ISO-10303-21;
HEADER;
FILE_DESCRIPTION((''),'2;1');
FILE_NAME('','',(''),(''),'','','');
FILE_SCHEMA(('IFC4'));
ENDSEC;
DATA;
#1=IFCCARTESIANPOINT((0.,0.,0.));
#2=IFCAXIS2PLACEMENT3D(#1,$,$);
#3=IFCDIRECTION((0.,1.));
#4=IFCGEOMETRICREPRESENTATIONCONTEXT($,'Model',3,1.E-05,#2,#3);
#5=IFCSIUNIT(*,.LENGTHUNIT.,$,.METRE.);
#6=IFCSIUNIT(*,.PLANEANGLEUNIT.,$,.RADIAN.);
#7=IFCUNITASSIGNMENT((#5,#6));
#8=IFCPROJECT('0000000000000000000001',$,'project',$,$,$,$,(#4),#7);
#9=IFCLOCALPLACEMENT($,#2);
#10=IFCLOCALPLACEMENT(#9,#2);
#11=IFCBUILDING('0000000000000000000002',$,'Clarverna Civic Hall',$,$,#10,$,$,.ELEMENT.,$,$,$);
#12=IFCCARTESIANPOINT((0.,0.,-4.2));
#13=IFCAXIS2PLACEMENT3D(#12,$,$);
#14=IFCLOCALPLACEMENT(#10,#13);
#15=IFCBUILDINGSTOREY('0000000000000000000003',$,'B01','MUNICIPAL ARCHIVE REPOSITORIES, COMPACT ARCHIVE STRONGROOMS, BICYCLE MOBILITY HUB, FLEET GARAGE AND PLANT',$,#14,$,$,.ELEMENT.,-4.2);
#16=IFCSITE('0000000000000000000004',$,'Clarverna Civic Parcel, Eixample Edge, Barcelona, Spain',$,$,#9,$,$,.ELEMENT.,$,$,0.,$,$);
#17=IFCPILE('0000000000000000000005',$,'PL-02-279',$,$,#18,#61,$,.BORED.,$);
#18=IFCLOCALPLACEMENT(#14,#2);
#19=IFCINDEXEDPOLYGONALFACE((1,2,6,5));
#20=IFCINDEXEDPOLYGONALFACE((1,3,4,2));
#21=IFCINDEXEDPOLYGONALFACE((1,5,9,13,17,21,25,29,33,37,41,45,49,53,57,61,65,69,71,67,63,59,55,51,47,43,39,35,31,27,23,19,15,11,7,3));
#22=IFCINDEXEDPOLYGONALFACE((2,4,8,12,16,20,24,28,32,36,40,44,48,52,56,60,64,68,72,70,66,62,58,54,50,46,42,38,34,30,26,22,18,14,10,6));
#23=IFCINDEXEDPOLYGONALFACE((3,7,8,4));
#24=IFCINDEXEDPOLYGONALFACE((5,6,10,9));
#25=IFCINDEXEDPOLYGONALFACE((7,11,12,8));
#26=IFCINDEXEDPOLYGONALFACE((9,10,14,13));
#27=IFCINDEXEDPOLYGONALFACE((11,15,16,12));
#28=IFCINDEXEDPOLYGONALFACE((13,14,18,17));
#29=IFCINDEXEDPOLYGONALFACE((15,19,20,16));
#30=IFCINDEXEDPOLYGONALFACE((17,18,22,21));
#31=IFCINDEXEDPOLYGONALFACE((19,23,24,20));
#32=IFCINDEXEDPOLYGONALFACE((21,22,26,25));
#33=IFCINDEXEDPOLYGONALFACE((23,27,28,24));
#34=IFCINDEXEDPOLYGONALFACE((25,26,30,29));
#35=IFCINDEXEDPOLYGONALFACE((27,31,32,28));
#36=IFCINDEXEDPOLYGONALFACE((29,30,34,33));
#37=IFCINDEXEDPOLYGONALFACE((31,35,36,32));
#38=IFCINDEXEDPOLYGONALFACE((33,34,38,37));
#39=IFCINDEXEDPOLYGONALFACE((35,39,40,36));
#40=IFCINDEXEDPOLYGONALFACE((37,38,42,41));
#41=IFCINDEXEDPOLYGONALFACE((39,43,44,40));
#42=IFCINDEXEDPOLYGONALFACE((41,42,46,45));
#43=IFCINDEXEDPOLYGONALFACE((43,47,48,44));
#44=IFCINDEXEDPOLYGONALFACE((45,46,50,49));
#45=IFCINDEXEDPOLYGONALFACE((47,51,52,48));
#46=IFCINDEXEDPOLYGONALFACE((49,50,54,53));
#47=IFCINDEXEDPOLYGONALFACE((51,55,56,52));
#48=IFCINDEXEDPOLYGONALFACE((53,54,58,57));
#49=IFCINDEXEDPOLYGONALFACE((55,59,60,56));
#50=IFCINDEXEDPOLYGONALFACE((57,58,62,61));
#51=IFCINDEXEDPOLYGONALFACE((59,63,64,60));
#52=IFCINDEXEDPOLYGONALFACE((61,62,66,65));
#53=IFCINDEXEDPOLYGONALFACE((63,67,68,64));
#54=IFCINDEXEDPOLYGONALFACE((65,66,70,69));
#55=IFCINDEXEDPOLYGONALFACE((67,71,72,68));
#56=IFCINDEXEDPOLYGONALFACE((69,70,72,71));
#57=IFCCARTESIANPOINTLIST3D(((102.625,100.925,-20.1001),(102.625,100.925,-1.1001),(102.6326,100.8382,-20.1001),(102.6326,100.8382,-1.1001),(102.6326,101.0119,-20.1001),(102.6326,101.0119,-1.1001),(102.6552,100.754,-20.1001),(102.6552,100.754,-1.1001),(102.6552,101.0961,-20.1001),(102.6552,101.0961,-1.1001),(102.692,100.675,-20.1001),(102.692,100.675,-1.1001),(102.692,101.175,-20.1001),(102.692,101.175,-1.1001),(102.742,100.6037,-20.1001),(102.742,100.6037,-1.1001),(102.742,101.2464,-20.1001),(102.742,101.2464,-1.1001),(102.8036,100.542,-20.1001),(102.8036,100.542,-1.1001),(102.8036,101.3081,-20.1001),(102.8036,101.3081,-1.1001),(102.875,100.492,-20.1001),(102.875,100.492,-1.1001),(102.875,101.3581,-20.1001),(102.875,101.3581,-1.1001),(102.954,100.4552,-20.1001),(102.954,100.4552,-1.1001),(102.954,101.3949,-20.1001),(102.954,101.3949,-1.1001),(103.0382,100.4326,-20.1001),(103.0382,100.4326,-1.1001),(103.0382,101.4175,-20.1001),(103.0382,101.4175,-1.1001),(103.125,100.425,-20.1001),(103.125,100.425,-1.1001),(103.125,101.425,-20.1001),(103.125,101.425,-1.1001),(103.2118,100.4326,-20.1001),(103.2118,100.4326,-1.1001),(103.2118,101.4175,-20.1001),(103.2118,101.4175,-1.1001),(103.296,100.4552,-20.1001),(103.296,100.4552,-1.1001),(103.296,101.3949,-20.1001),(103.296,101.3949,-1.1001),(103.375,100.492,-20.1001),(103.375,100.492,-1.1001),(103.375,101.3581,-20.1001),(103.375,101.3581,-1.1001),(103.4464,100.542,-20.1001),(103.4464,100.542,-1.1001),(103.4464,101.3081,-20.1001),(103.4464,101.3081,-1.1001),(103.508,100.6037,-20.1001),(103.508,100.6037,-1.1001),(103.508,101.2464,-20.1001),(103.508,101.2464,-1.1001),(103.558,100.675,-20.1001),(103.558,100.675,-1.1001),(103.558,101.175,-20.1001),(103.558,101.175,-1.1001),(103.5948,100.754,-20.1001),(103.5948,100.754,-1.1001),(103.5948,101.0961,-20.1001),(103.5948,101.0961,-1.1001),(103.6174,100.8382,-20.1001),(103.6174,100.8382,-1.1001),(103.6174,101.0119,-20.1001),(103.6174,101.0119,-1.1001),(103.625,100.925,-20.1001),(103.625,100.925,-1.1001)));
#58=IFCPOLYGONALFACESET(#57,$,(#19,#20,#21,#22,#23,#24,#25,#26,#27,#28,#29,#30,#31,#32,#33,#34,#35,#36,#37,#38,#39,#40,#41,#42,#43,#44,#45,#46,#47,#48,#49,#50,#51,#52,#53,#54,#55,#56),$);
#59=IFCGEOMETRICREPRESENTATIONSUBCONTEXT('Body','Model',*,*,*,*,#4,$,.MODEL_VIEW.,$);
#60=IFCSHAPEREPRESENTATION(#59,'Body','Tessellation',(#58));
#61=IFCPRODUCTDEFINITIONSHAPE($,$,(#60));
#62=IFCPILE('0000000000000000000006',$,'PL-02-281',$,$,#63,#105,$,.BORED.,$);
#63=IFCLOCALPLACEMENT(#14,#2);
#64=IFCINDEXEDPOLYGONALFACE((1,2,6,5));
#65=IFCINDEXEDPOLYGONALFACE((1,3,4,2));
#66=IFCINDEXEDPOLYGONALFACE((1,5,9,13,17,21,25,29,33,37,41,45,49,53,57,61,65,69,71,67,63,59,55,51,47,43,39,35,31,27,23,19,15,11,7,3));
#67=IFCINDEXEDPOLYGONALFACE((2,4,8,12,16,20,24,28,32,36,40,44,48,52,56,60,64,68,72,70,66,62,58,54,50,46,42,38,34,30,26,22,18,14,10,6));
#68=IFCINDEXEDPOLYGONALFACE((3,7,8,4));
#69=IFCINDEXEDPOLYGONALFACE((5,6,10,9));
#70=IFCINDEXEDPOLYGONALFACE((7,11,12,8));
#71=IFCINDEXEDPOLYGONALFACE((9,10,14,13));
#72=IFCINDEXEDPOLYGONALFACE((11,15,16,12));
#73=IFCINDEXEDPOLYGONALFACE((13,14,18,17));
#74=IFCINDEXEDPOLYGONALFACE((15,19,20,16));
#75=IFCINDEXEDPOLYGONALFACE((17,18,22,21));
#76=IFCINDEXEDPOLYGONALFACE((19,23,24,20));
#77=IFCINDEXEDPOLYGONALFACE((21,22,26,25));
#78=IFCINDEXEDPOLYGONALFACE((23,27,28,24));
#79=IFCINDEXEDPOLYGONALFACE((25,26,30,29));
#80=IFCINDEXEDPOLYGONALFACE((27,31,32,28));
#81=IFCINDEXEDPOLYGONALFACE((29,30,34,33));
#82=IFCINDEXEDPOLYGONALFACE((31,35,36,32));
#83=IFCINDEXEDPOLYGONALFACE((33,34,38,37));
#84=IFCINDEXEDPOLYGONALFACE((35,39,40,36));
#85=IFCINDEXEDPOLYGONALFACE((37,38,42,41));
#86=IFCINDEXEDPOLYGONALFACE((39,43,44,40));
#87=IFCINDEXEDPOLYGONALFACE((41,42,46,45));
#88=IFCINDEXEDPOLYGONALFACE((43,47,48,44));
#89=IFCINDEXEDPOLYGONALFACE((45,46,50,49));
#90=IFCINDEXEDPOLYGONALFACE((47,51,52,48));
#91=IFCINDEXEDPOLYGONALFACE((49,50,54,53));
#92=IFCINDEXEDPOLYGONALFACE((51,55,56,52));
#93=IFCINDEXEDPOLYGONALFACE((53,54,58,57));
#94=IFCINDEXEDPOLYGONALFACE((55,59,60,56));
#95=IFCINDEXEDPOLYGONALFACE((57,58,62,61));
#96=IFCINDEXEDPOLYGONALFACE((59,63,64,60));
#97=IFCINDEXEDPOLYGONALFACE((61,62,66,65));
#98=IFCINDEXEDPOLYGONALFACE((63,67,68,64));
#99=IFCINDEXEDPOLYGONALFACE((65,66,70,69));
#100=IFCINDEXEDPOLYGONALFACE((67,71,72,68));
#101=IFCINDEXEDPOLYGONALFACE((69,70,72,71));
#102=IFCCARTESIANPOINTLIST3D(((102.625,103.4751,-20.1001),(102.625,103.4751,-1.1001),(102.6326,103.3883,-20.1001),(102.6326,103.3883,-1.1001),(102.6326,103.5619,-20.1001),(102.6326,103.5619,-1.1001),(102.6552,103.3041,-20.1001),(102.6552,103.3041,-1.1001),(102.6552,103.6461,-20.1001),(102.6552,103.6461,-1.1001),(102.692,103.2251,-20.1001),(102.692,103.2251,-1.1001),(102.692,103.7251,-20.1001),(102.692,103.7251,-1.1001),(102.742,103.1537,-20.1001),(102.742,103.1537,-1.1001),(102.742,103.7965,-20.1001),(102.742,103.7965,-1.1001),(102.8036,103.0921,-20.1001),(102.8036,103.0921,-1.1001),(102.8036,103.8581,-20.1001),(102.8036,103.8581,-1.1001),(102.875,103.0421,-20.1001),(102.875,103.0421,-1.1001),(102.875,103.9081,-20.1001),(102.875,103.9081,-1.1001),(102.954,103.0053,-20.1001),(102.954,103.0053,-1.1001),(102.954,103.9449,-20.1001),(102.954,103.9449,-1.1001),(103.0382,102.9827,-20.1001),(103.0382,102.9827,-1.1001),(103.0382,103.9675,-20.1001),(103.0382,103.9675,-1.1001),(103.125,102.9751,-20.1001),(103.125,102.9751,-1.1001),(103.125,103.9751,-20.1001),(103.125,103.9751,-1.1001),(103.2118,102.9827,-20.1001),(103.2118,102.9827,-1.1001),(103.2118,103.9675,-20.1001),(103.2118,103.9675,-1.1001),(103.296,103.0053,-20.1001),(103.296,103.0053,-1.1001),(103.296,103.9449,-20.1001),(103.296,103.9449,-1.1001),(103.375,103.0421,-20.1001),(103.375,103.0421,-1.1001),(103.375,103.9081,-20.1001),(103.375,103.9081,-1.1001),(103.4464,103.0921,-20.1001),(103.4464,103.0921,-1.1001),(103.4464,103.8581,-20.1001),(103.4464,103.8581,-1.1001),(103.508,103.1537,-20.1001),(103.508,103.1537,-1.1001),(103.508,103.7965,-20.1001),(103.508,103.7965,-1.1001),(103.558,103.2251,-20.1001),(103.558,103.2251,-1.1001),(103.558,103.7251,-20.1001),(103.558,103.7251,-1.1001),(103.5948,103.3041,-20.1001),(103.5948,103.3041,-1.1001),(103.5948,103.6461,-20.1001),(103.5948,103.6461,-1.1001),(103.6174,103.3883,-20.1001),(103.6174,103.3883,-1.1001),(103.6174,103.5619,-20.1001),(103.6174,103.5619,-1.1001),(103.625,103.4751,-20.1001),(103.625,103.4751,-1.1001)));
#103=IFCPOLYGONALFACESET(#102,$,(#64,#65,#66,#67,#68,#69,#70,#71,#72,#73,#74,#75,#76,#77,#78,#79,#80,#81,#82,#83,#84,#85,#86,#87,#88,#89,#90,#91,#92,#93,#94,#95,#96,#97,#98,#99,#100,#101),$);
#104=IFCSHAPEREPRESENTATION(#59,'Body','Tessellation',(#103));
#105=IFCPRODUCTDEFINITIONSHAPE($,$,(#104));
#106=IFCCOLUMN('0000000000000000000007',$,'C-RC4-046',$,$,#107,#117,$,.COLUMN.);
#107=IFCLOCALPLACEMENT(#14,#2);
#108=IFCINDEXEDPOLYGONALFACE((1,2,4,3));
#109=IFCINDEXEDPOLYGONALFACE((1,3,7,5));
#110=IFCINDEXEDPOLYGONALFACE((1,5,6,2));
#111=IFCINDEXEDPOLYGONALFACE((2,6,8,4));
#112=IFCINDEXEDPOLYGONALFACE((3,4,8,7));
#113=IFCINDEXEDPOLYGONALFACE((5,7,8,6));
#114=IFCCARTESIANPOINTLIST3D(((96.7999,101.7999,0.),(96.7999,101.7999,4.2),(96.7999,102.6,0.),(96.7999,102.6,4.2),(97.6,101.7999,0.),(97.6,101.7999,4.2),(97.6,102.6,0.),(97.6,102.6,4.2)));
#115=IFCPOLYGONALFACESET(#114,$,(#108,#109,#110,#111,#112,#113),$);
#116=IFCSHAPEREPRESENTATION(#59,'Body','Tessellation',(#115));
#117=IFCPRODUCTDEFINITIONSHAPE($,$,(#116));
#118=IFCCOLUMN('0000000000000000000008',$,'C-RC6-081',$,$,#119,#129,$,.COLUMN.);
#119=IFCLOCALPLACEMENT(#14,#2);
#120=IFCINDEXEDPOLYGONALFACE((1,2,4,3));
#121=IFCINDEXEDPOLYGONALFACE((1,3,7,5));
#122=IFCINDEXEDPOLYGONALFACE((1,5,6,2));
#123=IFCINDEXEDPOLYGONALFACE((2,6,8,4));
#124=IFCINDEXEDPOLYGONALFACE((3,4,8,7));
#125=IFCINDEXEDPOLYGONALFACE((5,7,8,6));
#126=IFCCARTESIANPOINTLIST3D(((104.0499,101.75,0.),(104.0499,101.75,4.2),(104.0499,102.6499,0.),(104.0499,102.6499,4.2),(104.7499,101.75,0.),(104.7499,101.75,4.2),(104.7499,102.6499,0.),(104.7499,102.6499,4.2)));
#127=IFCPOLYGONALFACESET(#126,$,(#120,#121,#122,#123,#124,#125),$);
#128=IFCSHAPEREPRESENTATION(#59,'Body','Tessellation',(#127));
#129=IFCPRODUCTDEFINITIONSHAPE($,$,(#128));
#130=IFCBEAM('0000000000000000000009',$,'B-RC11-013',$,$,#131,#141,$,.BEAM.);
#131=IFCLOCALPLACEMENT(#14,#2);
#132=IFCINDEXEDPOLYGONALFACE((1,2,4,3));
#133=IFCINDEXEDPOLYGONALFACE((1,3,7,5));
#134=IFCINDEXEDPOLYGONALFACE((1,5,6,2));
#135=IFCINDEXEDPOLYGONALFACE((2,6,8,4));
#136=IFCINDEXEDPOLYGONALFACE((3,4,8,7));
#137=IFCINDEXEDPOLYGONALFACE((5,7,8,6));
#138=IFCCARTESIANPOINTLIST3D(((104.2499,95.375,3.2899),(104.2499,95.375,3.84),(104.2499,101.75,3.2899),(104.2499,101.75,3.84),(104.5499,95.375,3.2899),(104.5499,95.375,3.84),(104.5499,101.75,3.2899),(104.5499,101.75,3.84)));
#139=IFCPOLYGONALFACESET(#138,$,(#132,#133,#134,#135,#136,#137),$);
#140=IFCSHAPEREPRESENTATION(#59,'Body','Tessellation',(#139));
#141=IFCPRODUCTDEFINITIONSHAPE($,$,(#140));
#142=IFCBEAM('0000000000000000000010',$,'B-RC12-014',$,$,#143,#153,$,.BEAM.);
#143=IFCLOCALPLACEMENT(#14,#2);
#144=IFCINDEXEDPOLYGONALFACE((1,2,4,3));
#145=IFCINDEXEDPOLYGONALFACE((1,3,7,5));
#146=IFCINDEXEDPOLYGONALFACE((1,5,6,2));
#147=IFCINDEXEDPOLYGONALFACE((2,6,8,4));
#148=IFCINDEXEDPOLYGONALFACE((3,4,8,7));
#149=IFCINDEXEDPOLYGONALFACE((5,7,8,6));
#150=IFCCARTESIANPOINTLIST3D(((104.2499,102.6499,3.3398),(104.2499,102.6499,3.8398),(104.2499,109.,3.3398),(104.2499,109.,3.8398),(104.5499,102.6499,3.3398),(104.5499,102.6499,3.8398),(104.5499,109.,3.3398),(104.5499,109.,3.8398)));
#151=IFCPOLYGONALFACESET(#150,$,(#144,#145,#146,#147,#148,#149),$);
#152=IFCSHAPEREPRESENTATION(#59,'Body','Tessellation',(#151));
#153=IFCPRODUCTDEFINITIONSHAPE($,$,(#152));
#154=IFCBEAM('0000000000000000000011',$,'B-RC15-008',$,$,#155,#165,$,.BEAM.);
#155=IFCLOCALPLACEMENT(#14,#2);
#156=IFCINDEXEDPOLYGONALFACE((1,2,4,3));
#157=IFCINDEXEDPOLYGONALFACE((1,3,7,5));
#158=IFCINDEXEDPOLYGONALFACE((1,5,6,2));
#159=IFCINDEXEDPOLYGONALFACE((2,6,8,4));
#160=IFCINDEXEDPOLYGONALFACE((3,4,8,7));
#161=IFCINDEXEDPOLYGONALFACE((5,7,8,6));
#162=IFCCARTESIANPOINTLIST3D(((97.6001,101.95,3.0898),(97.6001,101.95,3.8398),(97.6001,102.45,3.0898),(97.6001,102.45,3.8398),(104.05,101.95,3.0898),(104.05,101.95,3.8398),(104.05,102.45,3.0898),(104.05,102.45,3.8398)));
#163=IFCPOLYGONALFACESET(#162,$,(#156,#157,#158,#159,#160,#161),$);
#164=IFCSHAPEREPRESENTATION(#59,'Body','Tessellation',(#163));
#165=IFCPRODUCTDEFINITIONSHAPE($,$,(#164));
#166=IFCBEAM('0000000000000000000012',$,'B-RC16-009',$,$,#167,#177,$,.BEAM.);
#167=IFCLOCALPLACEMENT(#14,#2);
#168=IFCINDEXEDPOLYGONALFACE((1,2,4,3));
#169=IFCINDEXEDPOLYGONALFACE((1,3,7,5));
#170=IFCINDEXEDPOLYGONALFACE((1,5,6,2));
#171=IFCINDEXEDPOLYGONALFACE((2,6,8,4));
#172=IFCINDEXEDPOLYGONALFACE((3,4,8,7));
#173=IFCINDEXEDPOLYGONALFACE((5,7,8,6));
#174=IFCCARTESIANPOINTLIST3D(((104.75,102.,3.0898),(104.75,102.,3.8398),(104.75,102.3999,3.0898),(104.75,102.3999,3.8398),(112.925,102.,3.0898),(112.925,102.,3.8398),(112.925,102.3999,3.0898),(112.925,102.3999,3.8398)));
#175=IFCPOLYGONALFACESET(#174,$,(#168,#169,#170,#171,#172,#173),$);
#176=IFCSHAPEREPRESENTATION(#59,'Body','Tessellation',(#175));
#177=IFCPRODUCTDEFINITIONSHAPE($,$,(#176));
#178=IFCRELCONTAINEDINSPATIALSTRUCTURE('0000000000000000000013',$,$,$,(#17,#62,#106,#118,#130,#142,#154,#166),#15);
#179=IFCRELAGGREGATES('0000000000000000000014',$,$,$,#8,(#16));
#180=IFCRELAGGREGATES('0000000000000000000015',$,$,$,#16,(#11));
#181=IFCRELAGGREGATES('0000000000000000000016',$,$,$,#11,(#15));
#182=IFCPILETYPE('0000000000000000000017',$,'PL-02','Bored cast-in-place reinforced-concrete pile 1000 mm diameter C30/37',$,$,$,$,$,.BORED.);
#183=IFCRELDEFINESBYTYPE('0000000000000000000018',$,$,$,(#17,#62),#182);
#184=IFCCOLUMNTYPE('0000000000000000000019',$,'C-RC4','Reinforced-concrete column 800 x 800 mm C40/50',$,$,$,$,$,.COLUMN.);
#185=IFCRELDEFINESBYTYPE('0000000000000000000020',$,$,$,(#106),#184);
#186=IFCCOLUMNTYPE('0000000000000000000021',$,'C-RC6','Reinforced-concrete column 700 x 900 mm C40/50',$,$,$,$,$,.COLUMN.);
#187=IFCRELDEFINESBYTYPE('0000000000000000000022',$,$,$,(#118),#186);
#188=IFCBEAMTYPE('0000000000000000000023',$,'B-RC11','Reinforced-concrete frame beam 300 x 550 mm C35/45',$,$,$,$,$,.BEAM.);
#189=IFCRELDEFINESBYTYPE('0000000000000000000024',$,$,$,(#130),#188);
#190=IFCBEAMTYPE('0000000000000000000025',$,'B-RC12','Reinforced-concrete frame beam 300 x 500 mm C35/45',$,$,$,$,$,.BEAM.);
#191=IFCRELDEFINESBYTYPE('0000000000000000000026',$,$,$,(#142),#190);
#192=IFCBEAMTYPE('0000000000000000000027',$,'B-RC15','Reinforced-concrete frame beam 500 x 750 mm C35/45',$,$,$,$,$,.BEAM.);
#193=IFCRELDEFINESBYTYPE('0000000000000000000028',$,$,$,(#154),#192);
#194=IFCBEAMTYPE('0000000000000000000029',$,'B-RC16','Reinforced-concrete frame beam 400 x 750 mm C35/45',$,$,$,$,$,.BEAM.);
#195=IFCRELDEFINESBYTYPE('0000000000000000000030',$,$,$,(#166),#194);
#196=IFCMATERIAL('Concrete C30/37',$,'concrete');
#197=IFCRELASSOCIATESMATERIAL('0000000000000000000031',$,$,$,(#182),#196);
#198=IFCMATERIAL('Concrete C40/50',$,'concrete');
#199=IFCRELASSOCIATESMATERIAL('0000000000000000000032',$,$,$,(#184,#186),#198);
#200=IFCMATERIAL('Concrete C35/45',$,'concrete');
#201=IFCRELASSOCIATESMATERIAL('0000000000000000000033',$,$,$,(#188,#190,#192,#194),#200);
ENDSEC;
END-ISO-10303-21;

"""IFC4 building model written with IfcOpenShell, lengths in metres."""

from ifc_helpers import new_model, si_unit, direction, frame, origin, origin_2d, place, context, subcontext, project, spatial, rectangle, circle, extrude, material, material_profile, profile_set, type_object, element, save


model = new_model("IFC4")

# Units and contexts
model_context = context("Model", 3, precision=1e-05, world=origin(), true_north=direction((0.0, 1.0)))
body_context = subcontext(model_context, "Body", "Model", "MODEL_VIEW")
ifc_project = project(units=[si_unit("LENGTHUNIT", "METRE"), si_unit("PLANEANGLEUNIT", "RADIAN")], contexts=[model_context])

# Site, building, storey
site_placement = place(None, origin())
site = spatial("IfcSite", under=ifc_project, at=site_placement, Name="Clarverna Civic Parcel, Eixample Edge, Barcelona, Spain", CompositionType="ELEMENT", RefElevation=0.0)
building_placement = place(site_placement, origin())
building = spatial("IfcBuilding", under=site, at=building_placement, Name="Clarverna Civic Hall", CompositionType="ELEMENT")
storey_placement = place(building_placement, frame((0.0, 0.0, -4.2)))
storey = spatial("IfcBuildingStorey", under=building, at=storey_placement, Name="B01", Description="MUNICIPAL ARCHIVE REPOSITORIES, COMPACT ARCHIVE STRONGROOMS, BICYCLE MOBILITY HUB, FLEET GARAGE AND PLANT", CompositionType="ELEMENT", Elevation=-4.2)

# Shared definitions
ifc_material_1 = material(Name="Concrete C30/37", Category="concrete")

# Piles
ifc_material_profile_1 = material_profile(ifc_material_1, circle(Radius=0.5, at=origin_2d()), Name="BORED PILE D1000")
ifc_profile_set_1 = profile_set([ifc_material_profile_1], Name="Concrete C30/37")
pile_type = type_object("IfcPileType", Name="PL-02", Description="Bored cast-in-place reinforced-concrete pile 1000 mm diameter C30/37", PredefinedType="BORED", material=ifc_profile_set_1)
for number, where, z_axis, x_axis, name in (
    (1, (103.125, 100.925, -1.1001), (0.0, 0.0, -1.0), (1.0, 0.0, 0.0), "PL-02-279"),
    (2, (103.125, 103.4751, -1.1001), (0.0, 0.0, -1.0), (1.0, 0.0, 0.0), "PL-02-281"),
):
    element("IfcPile", number, at=place(storey_placement, frame(where, z_axis=z_axis, x_axis=x_axis)), inside=storey, type_object=pile_type, Name=name, PredefinedType="BORED", context=body_context, shape_type="SweptSolid", body=[
        extrude(circle(Radius=0.5, at=origin_2d()), origin(), (0.0, 0.0, 1.0), 19.0),
    ])

# Columns
ifc_material_2 = material(Name="Concrete C40/50", Category="concrete")
ifc_material_profile_2 = material_profile(ifc_material_2, rectangle(XDim=0.8, YDim=0.8, at=origin_2d()), Name="RC 800x800")
ifc_profile_set_2 = profile_set([ifc_material_profile_2], Name="Concrete C40/50")
column_type_1 = type_object("IfcColumnType", Name="C-RC4", Description="Reinforced-concrete column 800 x 800 mm C40/50", PredefinedType="COLUMN", material=ifc_profile_set_2)
column_1_placement = place(storey_placement, frame((97.2, 102.2, 0.0), z_axis=(0.0, 0.0, 1.0), x_axis=(1.0, 0.0, 0.0)))
element("IfcColumn", 3, at=column_1_placement, inside=storey, type_object=column_type_1, Name="C-RC4-046", PredefinedType="COLUMN", context=body_context, shape_type="SweptSolid", body=[
    extrude(rectangle(XDim=0.8, YDim=0.8, at=origin_2d()), origin(), (0.0, 0.0, 1.0), 4.2),
])
ifc_material_profile_3 = material_profile(ifc_material_2, rectangle(XDim=0.7, YDim=0.8999, at=origin_2d()), Name="RC 700x900")
ifc_profile_set_3 = profile_set([ifc_material_profile_3], Name="Concrete C40/50")
column_type_2 = type_object("IfcColumnType", Name="C-RC6", Description="Reinforced-concrete column 700 x 900 mm C40/50", PredefinedType="COLUMN", material=ifc_profile_set_3)
column_2_placement = place(storey_placement, frame((104.3999, 102.2, 0.0), z_axis=(0.0, 0.0, 1.0), x_axis=(1.0, 0.0, 0.0)))
element("IfcColumn", 4, at=column_2_placement, inside=storey, type_object=column_type_2, Name="C-RC6-081", PredefinedType="COLUMN", context=body_context, shape_type="SweptSolid", body=[
    extrude(rectangle(XDim=0.7, YDim=0.8999, at=origin_2d()), origin(), (0.0, 0.0, 1.0), 4.2),
])

# Beams
ifc_material_3 = material(Name="Concrete C35/45", Category="concrete")
ifc_material_profile_4 = material_profile(ifc_material_3, rectangle(XDim=0.3, YDim=0.55, at=origin_2d()), Name="RC 300x550")
ifc_profile_set_4 = profile_set([ifc_material_profile_4], Name="Concrete C35/45")
beam_type_1 = type_object("IfcBeamType", Name="B-RC11", Description="Reinforced-concrete frame beam 300 x 550 mm C35/45", PredefinedType="BEAM", material=ifc_profile_set_4)
beam_1_placement = place(storey_placement, frame((104.3999, 95.375, 3.5649), z_axis=(0.0, 1.0, 0.0), x_axis=(-1.0, 0.0, 0.0)))
element("IfcBeam", 5, at=beam_1_placement, inside=storey, type_object=beam_type_1, Name="B-RC11-013", PredefinedType="BEAM", context=body_context, shape_type="SweptSolid", body=[
    extrude(rectangle(XDim=0.3, YDim=0.55, at=origin_2d()), origin(), (0.0, 0.0, 1.0), 6.375),
])
ifc_material_profile_5 = material_profile(ifc_material_3, rectangle(XDim=0.3, YDim=0.5, at=origin_2d()), Name="RC 300x500")
ifc_profile_set_5 = profile_set([ifc_material_profile_5], Name="Concrete C35/45")
beam_type_2 = type_object("IfcBeamType", Name="B-RC12", Description="Reinforced-concrete frame beam 300 x 500 mm C35/45", PredefinedType="BEAM", material=ifc_profile_set_5)
beam_2_placement = place(storey_placement, frame((104.3999, 102.6499, 3.5898), z_axis=(0.0, 1.0, 0.0), x_axis=(-1.0, 0.0, 0.0)))
element("IfcBeam", 6, at=beam_2_placement, inside=storey, type_object=beam_type_2, Name="B-RC12-014", PredefinedType="BEAM", context=body_context, shape_type="SweptSolid", body=[
    extrude(rectangle(XDim=0.3, YDim=0.5, at=origin_2d()), origin(), (0.0, 0.0, 1.0), 6.3501),
])
ifc_material_profile_6 = material_profile(ifc_material_3, rectangle(XDim=0.5, YDim=0.75, at=origin_2d()), Name="RC 500x750")
ifc_profile_set_6 = profile_set([ifc_material_profile_6], Name="Concrete C35/45")
beam_type_3 = type_object("IfcBeamType", Name="B-RC15", Description="Reinforced-concrete frame beam 500 x 750 mm C35/45", PredefinedType="BEAM", material=ifc_profile_set_6)
beam_3_placement = place(storey_placement, frame((97.6001, 102.2, 3.4648), z_axis=(1.0, 0.0, 0.0), x_axis=(0.0, 1.0, 0.0)))
element("IfcBeam", 7, at=beam_3_placement, inside=storey, type_object=beam_type_3, Name="B-RC15-008", PredefinedType="BEAM", context=body_context, shape_type="SweptSolid", body=[
    extrude(rectangle(XDim=0.5, YDim=0.75, at=origin_2d()), origin(), (0.0, 0.0, 1.0), 6.45),
])
ifc_material_profile_7 = material_profile(ifc_material_3, rectangle(XDim=0.3999, YDim=0.75, at=origin_2d()), Name="RC 400x750")
ifc_profile_set_7 = profile_set([ifc_material_profile_7], Name="Concrete C35/45")
beam_type_4 = type_object("IfcBeamType", Name="B-RC16", Description="Reinforced-concrete frame beam 400 x 750 mm C35/45", PredefinedType="BEAM", material=ifc_profile_set_7)
beam_4_placement = place(storey_placement, frame((104.75, 102.2, 3.4648), z_axis=(1.0, 0.0, 0.0), x_axis=(0.0, 1.0, 0.0)))
element("IfcBeam", 8, at=beam_4_placement, inside=storey, type_object=beam_type_4, Name="B-RC16-009", PredefinedType="BEAM", context=body_context, shape_type="SweptSolid", body=[
    extrude(rectangle(XDim=0.3999, YDim=0.75, at=origin_2d()), origin(), (0.0, 0.0, 1.0), 8.175),
])

save(model, "model.ifc")
